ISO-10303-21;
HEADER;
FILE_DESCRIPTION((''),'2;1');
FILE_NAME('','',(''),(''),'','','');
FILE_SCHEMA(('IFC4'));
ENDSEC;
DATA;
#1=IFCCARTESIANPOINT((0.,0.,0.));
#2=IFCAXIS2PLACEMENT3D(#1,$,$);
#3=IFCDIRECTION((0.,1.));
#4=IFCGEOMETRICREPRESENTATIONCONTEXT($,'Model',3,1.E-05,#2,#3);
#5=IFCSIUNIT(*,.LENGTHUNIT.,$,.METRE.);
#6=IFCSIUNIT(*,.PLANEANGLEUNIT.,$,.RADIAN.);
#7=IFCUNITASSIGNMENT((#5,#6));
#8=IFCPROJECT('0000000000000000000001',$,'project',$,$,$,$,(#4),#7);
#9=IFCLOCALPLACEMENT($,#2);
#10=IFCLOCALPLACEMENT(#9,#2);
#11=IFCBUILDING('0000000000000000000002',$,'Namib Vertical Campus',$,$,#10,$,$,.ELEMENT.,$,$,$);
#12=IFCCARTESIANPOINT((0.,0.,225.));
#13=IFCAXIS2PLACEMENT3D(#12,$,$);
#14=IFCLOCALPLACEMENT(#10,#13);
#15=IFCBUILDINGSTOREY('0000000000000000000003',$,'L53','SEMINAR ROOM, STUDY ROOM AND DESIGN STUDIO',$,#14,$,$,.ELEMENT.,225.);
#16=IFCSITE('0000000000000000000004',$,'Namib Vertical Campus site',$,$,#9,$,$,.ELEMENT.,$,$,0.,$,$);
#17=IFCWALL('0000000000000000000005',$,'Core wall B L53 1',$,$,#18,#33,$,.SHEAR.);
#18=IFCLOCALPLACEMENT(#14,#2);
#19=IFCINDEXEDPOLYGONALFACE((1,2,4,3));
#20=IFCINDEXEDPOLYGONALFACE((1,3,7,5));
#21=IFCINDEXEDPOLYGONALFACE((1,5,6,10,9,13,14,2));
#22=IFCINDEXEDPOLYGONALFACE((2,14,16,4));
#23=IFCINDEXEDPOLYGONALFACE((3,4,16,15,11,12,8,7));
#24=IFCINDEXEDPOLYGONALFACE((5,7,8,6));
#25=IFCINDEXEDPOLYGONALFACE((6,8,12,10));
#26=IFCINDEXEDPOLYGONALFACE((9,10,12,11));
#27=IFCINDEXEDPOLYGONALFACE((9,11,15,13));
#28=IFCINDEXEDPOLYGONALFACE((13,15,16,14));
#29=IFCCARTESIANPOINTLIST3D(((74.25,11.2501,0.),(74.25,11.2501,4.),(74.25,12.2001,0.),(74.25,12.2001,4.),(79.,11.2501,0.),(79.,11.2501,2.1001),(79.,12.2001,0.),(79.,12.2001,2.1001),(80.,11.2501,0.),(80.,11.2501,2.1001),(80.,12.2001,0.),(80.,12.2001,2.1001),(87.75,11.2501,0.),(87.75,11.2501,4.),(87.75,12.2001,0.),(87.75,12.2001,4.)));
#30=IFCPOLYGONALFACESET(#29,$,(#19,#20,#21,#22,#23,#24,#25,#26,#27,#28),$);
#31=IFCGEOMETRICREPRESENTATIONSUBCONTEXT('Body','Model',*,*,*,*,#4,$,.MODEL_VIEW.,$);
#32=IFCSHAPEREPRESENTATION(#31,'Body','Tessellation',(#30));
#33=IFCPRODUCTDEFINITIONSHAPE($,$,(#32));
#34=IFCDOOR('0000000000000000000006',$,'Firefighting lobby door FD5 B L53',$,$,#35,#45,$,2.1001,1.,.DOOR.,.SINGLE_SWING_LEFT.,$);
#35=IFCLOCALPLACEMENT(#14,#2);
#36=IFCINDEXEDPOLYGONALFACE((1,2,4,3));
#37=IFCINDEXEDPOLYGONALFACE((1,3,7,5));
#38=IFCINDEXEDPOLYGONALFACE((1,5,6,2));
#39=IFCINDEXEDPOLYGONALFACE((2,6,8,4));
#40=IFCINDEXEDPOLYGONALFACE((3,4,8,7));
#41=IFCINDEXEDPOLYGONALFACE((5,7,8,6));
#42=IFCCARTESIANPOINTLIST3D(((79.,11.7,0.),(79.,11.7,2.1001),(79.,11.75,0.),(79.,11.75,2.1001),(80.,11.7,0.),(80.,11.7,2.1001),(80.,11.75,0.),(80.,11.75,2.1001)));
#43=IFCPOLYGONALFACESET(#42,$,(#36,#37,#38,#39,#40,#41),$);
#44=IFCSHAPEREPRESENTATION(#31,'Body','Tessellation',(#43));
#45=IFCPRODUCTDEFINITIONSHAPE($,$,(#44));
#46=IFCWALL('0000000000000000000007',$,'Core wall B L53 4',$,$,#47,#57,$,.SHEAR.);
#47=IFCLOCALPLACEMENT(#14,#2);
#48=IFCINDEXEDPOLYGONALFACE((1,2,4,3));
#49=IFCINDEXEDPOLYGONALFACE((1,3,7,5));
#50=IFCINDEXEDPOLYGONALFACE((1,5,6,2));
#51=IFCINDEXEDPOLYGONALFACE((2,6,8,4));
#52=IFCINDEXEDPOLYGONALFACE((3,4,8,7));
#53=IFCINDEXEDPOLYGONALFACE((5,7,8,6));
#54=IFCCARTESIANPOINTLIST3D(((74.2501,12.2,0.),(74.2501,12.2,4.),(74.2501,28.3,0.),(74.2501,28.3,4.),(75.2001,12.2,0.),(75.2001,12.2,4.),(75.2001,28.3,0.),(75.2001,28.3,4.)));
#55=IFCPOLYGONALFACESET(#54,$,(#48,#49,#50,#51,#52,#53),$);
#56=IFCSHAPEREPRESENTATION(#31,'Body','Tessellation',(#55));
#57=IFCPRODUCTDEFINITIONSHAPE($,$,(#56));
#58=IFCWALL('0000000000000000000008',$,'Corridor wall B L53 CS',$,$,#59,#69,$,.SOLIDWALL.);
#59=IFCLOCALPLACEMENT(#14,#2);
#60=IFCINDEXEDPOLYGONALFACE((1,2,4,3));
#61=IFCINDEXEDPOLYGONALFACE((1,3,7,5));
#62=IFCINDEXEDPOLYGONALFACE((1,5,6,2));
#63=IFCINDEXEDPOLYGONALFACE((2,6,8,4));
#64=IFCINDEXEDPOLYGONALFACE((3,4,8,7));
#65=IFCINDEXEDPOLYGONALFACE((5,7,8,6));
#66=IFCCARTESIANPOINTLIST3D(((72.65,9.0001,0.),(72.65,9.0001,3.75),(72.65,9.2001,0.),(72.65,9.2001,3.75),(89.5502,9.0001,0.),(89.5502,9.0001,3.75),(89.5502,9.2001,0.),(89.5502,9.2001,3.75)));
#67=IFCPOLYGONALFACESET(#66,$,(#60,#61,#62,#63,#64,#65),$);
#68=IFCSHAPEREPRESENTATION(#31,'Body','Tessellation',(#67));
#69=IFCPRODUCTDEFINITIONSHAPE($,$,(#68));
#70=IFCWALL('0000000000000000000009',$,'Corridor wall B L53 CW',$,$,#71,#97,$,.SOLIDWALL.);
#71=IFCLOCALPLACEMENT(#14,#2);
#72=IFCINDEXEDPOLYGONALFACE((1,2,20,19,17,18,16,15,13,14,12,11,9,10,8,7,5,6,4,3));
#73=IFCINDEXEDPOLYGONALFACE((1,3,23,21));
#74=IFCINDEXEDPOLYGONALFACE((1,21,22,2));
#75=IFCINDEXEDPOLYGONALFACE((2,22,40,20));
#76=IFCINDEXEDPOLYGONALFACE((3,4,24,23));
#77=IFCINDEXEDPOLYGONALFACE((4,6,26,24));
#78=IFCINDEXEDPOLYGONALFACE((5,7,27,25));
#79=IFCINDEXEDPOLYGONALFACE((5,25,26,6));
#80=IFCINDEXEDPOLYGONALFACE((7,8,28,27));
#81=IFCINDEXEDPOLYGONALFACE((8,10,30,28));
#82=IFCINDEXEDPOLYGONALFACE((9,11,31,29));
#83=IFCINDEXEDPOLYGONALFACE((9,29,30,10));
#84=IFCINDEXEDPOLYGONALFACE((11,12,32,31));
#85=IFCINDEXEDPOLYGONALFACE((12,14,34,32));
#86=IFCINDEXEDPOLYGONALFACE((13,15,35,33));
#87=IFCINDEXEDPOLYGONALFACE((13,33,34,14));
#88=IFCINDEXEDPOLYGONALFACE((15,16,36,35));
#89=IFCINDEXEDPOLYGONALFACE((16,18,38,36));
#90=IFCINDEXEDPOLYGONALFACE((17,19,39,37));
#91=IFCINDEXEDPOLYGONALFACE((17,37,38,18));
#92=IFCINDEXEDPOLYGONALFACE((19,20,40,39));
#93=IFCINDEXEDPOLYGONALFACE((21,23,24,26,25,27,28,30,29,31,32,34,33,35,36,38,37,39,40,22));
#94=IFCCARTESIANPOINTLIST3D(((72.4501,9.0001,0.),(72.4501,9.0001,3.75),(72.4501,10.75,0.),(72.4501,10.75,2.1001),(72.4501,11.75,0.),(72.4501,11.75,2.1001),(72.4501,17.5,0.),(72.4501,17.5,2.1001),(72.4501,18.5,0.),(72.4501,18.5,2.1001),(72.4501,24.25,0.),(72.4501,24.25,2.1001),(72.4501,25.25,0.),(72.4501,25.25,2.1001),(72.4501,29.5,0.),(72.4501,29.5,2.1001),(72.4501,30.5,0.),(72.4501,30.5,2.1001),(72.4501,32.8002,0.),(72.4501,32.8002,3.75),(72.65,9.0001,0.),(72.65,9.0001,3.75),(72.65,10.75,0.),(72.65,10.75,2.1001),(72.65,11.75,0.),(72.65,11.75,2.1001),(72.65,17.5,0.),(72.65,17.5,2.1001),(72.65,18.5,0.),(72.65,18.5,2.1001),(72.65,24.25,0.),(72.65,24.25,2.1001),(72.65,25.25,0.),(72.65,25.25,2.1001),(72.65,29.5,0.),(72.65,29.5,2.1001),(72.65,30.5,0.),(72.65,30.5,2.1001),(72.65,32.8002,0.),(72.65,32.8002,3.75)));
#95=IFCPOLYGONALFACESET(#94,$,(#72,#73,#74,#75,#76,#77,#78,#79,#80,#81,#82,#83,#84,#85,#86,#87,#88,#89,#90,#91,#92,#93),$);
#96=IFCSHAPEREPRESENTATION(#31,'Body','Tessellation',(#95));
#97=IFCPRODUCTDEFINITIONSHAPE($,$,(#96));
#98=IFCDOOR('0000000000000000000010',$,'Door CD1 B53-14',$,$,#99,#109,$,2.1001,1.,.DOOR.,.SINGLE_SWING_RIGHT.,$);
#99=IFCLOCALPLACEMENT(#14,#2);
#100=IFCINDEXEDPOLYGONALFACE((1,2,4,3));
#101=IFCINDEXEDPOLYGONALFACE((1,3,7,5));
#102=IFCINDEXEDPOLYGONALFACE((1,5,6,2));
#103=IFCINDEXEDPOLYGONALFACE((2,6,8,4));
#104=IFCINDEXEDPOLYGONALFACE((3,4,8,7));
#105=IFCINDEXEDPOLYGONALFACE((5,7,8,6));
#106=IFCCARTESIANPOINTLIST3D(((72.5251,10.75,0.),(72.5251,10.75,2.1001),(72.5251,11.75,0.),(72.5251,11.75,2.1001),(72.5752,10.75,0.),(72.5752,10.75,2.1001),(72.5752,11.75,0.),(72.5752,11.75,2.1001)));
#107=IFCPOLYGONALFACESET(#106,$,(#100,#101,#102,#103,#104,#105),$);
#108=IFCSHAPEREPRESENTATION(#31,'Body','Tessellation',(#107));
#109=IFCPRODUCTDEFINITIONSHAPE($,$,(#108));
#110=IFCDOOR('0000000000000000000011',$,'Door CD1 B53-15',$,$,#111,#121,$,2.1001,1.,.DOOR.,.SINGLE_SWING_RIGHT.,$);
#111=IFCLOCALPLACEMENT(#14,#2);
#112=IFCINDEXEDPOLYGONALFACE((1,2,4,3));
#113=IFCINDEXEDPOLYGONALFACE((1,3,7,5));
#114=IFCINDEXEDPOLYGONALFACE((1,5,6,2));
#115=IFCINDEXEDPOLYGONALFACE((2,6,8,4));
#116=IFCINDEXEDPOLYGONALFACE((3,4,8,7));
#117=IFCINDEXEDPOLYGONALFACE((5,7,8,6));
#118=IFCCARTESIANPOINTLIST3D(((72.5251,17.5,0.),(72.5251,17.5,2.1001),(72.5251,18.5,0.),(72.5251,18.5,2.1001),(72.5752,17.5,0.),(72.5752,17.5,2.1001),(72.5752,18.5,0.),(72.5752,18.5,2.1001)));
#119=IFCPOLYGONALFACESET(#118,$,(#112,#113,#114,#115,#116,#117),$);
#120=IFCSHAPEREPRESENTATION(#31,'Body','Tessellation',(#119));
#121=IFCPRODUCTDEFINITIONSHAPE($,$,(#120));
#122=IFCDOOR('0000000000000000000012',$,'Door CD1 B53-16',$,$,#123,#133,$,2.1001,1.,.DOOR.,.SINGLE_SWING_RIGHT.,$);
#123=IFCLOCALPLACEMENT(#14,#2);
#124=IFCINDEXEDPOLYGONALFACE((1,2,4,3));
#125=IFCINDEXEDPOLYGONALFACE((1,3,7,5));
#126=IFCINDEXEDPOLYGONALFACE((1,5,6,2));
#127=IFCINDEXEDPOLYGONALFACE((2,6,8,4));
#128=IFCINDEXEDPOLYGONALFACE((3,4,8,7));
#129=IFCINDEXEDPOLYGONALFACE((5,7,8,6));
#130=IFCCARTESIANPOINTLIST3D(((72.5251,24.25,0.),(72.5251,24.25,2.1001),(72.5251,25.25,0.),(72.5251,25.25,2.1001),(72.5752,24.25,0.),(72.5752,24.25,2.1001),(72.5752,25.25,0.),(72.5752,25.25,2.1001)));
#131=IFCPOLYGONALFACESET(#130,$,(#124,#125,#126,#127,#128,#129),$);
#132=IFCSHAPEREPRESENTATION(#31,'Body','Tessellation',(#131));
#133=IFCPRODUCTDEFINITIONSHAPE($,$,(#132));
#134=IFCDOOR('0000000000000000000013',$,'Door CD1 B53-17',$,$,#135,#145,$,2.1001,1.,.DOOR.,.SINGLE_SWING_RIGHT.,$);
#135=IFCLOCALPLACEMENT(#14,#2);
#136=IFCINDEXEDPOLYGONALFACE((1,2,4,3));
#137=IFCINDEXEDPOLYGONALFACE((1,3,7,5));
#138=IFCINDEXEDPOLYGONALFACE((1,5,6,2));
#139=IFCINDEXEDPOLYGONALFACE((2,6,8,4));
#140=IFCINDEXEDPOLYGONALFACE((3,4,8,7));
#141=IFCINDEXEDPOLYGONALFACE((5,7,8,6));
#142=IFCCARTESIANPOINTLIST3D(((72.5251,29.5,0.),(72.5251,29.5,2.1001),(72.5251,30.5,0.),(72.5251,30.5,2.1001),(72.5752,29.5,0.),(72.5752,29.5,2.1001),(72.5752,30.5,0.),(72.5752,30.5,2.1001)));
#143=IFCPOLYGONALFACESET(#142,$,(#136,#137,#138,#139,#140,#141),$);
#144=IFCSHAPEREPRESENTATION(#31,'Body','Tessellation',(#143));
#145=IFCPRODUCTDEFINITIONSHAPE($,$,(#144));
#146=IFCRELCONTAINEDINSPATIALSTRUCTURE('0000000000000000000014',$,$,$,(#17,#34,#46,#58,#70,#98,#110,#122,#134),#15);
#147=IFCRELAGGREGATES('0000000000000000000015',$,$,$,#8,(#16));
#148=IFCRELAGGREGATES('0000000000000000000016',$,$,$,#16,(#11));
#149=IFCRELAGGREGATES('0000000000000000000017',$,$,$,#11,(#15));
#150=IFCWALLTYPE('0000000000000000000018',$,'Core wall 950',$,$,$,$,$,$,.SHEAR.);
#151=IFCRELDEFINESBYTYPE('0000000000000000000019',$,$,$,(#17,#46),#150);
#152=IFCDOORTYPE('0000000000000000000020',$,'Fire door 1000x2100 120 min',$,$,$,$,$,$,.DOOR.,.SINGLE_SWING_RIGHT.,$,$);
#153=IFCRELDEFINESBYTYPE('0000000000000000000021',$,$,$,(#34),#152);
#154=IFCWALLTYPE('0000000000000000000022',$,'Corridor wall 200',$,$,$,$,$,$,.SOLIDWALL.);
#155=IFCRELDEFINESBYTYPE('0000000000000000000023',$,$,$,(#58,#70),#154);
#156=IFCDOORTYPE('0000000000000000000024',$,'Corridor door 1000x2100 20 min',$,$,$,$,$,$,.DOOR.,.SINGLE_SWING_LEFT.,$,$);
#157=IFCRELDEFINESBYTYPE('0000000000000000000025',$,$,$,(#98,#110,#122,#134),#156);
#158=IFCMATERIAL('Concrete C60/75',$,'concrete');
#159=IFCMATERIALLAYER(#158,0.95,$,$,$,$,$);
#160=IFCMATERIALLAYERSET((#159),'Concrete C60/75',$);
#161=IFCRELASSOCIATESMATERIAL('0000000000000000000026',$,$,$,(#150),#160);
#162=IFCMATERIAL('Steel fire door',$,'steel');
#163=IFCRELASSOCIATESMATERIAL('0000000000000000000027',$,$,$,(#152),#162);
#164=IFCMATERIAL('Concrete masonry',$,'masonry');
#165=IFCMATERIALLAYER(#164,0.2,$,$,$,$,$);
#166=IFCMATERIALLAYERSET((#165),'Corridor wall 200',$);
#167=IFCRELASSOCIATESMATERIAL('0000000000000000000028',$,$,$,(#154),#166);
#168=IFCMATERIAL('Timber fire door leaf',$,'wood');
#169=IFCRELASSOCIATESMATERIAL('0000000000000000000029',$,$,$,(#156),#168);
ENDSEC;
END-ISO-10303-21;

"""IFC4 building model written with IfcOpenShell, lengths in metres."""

from ifc_helpers import new_model, si_unit, direction, frame, frame_2d, origin, place, context, subcontext, project, spatial, rectangle, extrude, material, layer, layer_set, type_object, element, fill, save


model = new_model("IFC4")

# Units and contexts
model_context = context("Model", 3, precision=1e-05, world=origin(), true_north=direction((0.0, 1.0)))
body_context = subcontext(model_context, "Body", "Model", "MODEL_VIEW")
ifc_project = project(units=[si_unit("LENGTHUNIT", "METRE"), si_unit("PLANEANGLEUNIT", "RADIAN")], contexts=[model_context])

# Site, building, storey
site_placement = place(None, origin())
site = spatial("IfcSite", under=ifc_project, at=site_placement, Name="Namib Vertical Campus site", CompositionType="ELEMENT", RefElevation=0.0)
building_placement = place(site_placement, origin())
building = spatial("IfcBuilding", under=site, at=building_placement, Name="Namib Vertical Campus", CompositionType="ELEMENT")
storey_placement = place(building_placement, frame((0.0, 0.0, 225.0)))
storey = spatial("IfcBuildingStorey", under=building, at=storey_placement, Name="L53", Description="SEMINAR ROOM, STUDY ROOM AND DESIGN STUDIO", CompositionType="ELEMENT", Elevation=225.0)

# Wall, opening, door
ifc_material_1 = material(Name="Concrete C60/75", Category="concrete")
ifc_layer_1 = layer(ifc_material_1, 0.95)
ifc_layer_set_1 = layer_set([ifc_layer_1], Name="Concrete C60/75")
wall_type_1 = type_object("IfcWallType", Name="Core wall 950", PredefinedType="SHEAR", material=ifc_layer_set_1)
wall_1_placement = place(storey_placement, frame((74.25, 11.7251, 0.0), z_axis=(0.0, 0.0, 1.0), x_axis=(1.0, 0.0, 0.0)))
wall_1 = element("IfcWall", 1, at=wall_1_placement, inside=storey, type_object=wall_type_1, Name="Core wall B L53 1", PredefinedType="SHEAR", context=body_context, shape_type="SweptSolid", body=[
    extrude(rectangle(XDim=13.5, YDim=0.95, at=frame_2d((6.75, 0.0))), origin(), (0.0, 0.0, 1.0), 4.0),
])
opening_1_placement = place(wall_1_placement, frame((4.75, 0.0, 0.0)))
opening_1 = element("IfcOpeningElement", 2, at=opening_1_placement, cuts=wall_1, PredefinedType="OPENING", context=body_context, shape_type="SweptSolid", body=[
    extrude(rectangle(XDim=1.0, YDim=2.1001, at=frame_2d((0.5, 1.05))), frame((0.0, 0.4849, 0.0), z_axis=(0.0, -1.0, 0.0), x_axis=(1.0, 0.0, 0.0)), (0.0, 0.0, 1.0), 0.97),
])
ifc_material_2 = material(Name="Steel fire door", Category="steel")
door_type_1 = type_object("IfcDoorType", Name="Fire door 1000x2100 120 min", OperationType="SINGLE_SWING_RIGHT", PredefinedType="DOOR", material=ifc_material_2)
door_1_placement = place(opening_1_placement, origin())
door_1 = element("IfcDoor", 3, at=door_1_placement, inside=storey, type_object=door_type_1, Name="Firefighting lobby door FD5 B L53", OperationType="SINGLE_SWING_LEFT", OverallHeight=2.1001, OverallWidth=1.0, PredefinedType="DOOR", context=body_context, shape_type="SweptSolid", body=[
    extrude(rectangle(XDim=1.0, YDim=2.1001, at=frame_2d((0.5, 1.05))), frame((0.0, 0.0249, 0.0), z_axis=(0.0, -1.0, 0.0), x_axis=(1.0, 0.0, 0.0)), (0.0, 0.0, 1.0), 0.05),
])
fill(opening_1, door_1)

# Walls
wall_2_placement = place(storey_placement, frame((74.7251, 28.3, 0.0), z_axis=(0.0, 0.0, 1.0), x_axis=(0.0, -1.0, 0.0)))
element("IfcWall", 4, at=wall_2_placement, inside=storey, type_object=wall_type_1, Name="Core wall B L53 4", PredefinedType="SHEAR", context=body_context, shape_type="SweptSolid", body=[
    extrude(rectangle(XDim=16.1001, YDim=0.95, at=frame_2d((8.05, 0.0))), origin(), (0.0, 0.0, 1.0), 4.0),
])
ifc_material_3 = material(Name="Concrete masonry", Category="masonry")
ifc_layer_2 = layer(ifc_material_3, 0.2)
ifc_layer_set_2 = layer_set([ifc_layer_2], Name="Corridor wall 200")
wall_type_2 = type_object("IfcWallType", Name="Corridor wall 200", PredefinedType="SOLIDWALL", material=ifc_layer_set_2)
wall_3_placement = place(storey_placement, frame((72.6499, 9.1001, 0.0), z_axis=(0.0, 0.0, 1.0), x_axis=(1.0, 0.0, 0.0)))
element("IfcWall", 5, at=wall_3_placement, inside=storey, type_object=wall_type_2, Name="Corridor wall B L53 CS", PredefinedType="SOLIDWALL", context=body_context, shape_type="SweptSolid", body=[
    extrude(rectangle(XDim=16.9001, YDim=0.2, at=frame_2d((8.4502, 0.0))), origin(), (0.0, 0.0, 1.0), 3.75),
])

# Wall, openings, doors
wall_4_placement = place(storey_placement, frame((72.55, 32.8, 0.0), z_axis=(0.0, 0.0, 1.0), x_axis=(0.0, -1.0, 0.0)))
wall_4 = element("IfcWall", 6, at=wall_4_placement, inside=storey, type_object=wall_type_2, Name="Corridor wall B L53 CW", PredefinedType="SOLIDWALL", context=body_context, shape_type="SweptSolid", body=[
    extrude(rectangle(XDim=23.8, YDim=0.2, at=frame_2d((11.8999, 0.0))), origin(), (0.0, 0.0, 1.0), 3.75),
])
opening_2_placement = place(wall_4_placement, frame((21.05, 0.0, 0.0)))
opening_2 = element("IfcOpeningElement", 7, at=opening_2_placement, cuts=wall_4, PredefinedType="OPENING", context=body_context, shape_type="SweptSolid", body=[
    extrude(rectangle(XDim=1.0, YDim=2.1001, at=frame_2d((0.5, 1.05))), frame((0.0, 0.1099, 0.0), z_axis=(0.0, -1.0, 0.0), x_axis=(1.0, 0.0, 0.0)), (0.0, 0.0, 1.0), 0.22),
])
opening_3_placement = place(wall_4_placement, frame((14.3, 0.0, 0.0)))
opening_3 = element("IfcOpeningElement", 8, at=opening_3_placement, cuts=wall_4, PredefinedType="OPENING", context=body_context, shape_type="SweptSolid", body=[
    extrude(rectangle(XDim=1.0, YDim=2.1001, at=frame_2d((0.5, 1.05))), frame((0.0, 0.1099, 0.0), z_axis=(0.0, -1.0, 0.0), x_axis=(1.0, 0.0, 0.0)), (0.0, 0.0, 1.0), 0.22),
])
opening_4_placement = place(wall_4_placement, frame((7.55, 0.0, 0.0)))
opening_4 = element("IfcOpeningElement", 9, at=opening_4_placement, cuts=wall_4, PredefinedType="OPENING", context=body_context, shape_type="SweptSolid", body=[
    extrude(rectangle(XDim=1.0, YDim=2.1001, at=frame_2d((0.5, 1.05))), frame((0.0, 0.1099, 0.0), z_axis=(0.0, -1.0, 0.0), x_axis=(1.0, 0.0, 0.0)), (0.0, 0.0, 1.0), 0.22),
])
opening_5_placement = place(wall_4_placement, frame((2.3, 0.0, 0.0)))
opening_5 = element("IfcOpeningElement", 10, at=opening_5_placement, cuts=wall_4, PredefinedType="OPENING", context=body_context, shape_type="SweptSolid", body=[
    extrude(rectangle(XDim=1.0, YDim=2.1001, at=frame_2d((0.5, 1.05))), frame((0.0, 0.1099, 0.0), z_axis=(0.0, -1.0, 0.0), x_axis=(1.0, 0.0, 0.0)), (0.0, 0.0, 1.0), 0.22),
])
ifc_material_4 = material(Name="Timber fire door leaf", Category="wood")
door_type_2 = type_object("IfcDoorType", Name="Corridor door 1000x2100 20 min", OperationType="SINGLE_SWING_LEFT", PredefinedType="DOOR", material=ifc_material_4)
door_2_placement = place(opening_2_placement, frame((1.0, 0.0, 0.0), z_axis=(0.0, 0.0, 1.0), x_axis=(-1.0, 0.0, 0.0)))
door_2 = element("IfcDoor", 11, at=door_2_placement, inside=storey, type_object=door_type_2, Name="Door CD1 B53-14", OperationType="SINGLE_SWING_RIGHT", OverallHeight=2.1001, OverallWidth=1.0, PredefinedType="DOOR", context=body_context, shape_type="SweptSolid", body=[
    extrude(rectangle(XDim=1.0, YDim=2.1001, at=frame_2d((0.5, 1.05))), frame((0.0, 0.0249, 0.0), z_axis=(0.0, -1.0, 0.0), x_axis=(1.0, 0.0, 0.0)), (0.0, 0.0, 1.0), 0.05),
])
fill(opening_2, door_2)
door_3_placement = place(opening_3_placement, frame((1.0, 0.0, 0.0), z_axis=(0.0, 0.0, 1.0), x_axis=(-1.0, 0.0, 0.0)))
door_3 = element("IfcDoor", 12, at=door_3_placement, inside=storey, type_object=door_type_2, Name="Door CD1 B53-15", OperationType="SINGLE_SWING_RIGHT", OverallHeight=2.1001, OverallWidth=1.0, PredefinedType="DOOR", context=body_context, shape_type="SweptSolid", body=[
    extrude(rectangle(XDim=1.0, YDim=2.1001, at=frame_2d((0.5, 1.05))), frame((0.0, 0.0249, 0.0), z_axis=(0.0, -1.0, 0.0), x_axis=(1.0, 0.0, 0.0)), (0.0, 0.0, 1.0), 0.05),
])
fill(opening_3, door_3)
door_4_placement = place(opening_4_placement, frame((1.0, 0.0, 0.0), z_axis=(0.0, 0.0, 1.0), x_axis=(-1.0, 0.0, 0.0)))
door_4 = element("IfcDoor", 13, at=door_4_placement, inside=storey, type_object=door_type_2, Name="Door CD1 B53-16", OperationType="SINGLE_SWING_RIGHT", OverallHeight=2.1001, OverallWidth=1.0, PredefinedType="DOOR", context=body_context, shape_type="SweptSolid", body=[
    extrude(rectangle(XDim=1.0, YDim=2.1001, at=frame_2d((0.5, 1.05))), frame((0.0, 0.0249, 0.0), z_axis=(0.0, -1.0, 0.0), x_axis=(1.0, 0.0, 0.0)), (0.0, 0.0, 1.0), 0.05),
])
fill(opening_4, door_4)
door_5_placement = place(opening_5_placement, frame((1.0, 0.0, 0.0), z_axis=(0.0, 0.0, 1.0), x_axis=(-1.0, 0.0, 0.0)))
door_5 = element("IfcDoor", 14, at=door_5_placement, inside=storey, type_object=door_type_2, Name="Door CD1 B53-17", OperationType="SINGLE_SWING_RIGHT", OverallHeight=2.1001, OverallWidth=1.0, PredefinedType="DOOR", context=body_context, shape_type="SweptSolid", body=[
    extrude(rectangle(XDim=1.0, YDim=2.1001, at=frame_2d((0.5, 1.05))), frame((0.0, 0.0249, 0.0), z_axis=(0.0, -1.0, 0.0), x_axis=(1.0, 0.0, 0.0)), (0.0, 0.0, 1.0), 0.05),
])
fill(opening_5, door_5)

save(model, "model.ifc")
